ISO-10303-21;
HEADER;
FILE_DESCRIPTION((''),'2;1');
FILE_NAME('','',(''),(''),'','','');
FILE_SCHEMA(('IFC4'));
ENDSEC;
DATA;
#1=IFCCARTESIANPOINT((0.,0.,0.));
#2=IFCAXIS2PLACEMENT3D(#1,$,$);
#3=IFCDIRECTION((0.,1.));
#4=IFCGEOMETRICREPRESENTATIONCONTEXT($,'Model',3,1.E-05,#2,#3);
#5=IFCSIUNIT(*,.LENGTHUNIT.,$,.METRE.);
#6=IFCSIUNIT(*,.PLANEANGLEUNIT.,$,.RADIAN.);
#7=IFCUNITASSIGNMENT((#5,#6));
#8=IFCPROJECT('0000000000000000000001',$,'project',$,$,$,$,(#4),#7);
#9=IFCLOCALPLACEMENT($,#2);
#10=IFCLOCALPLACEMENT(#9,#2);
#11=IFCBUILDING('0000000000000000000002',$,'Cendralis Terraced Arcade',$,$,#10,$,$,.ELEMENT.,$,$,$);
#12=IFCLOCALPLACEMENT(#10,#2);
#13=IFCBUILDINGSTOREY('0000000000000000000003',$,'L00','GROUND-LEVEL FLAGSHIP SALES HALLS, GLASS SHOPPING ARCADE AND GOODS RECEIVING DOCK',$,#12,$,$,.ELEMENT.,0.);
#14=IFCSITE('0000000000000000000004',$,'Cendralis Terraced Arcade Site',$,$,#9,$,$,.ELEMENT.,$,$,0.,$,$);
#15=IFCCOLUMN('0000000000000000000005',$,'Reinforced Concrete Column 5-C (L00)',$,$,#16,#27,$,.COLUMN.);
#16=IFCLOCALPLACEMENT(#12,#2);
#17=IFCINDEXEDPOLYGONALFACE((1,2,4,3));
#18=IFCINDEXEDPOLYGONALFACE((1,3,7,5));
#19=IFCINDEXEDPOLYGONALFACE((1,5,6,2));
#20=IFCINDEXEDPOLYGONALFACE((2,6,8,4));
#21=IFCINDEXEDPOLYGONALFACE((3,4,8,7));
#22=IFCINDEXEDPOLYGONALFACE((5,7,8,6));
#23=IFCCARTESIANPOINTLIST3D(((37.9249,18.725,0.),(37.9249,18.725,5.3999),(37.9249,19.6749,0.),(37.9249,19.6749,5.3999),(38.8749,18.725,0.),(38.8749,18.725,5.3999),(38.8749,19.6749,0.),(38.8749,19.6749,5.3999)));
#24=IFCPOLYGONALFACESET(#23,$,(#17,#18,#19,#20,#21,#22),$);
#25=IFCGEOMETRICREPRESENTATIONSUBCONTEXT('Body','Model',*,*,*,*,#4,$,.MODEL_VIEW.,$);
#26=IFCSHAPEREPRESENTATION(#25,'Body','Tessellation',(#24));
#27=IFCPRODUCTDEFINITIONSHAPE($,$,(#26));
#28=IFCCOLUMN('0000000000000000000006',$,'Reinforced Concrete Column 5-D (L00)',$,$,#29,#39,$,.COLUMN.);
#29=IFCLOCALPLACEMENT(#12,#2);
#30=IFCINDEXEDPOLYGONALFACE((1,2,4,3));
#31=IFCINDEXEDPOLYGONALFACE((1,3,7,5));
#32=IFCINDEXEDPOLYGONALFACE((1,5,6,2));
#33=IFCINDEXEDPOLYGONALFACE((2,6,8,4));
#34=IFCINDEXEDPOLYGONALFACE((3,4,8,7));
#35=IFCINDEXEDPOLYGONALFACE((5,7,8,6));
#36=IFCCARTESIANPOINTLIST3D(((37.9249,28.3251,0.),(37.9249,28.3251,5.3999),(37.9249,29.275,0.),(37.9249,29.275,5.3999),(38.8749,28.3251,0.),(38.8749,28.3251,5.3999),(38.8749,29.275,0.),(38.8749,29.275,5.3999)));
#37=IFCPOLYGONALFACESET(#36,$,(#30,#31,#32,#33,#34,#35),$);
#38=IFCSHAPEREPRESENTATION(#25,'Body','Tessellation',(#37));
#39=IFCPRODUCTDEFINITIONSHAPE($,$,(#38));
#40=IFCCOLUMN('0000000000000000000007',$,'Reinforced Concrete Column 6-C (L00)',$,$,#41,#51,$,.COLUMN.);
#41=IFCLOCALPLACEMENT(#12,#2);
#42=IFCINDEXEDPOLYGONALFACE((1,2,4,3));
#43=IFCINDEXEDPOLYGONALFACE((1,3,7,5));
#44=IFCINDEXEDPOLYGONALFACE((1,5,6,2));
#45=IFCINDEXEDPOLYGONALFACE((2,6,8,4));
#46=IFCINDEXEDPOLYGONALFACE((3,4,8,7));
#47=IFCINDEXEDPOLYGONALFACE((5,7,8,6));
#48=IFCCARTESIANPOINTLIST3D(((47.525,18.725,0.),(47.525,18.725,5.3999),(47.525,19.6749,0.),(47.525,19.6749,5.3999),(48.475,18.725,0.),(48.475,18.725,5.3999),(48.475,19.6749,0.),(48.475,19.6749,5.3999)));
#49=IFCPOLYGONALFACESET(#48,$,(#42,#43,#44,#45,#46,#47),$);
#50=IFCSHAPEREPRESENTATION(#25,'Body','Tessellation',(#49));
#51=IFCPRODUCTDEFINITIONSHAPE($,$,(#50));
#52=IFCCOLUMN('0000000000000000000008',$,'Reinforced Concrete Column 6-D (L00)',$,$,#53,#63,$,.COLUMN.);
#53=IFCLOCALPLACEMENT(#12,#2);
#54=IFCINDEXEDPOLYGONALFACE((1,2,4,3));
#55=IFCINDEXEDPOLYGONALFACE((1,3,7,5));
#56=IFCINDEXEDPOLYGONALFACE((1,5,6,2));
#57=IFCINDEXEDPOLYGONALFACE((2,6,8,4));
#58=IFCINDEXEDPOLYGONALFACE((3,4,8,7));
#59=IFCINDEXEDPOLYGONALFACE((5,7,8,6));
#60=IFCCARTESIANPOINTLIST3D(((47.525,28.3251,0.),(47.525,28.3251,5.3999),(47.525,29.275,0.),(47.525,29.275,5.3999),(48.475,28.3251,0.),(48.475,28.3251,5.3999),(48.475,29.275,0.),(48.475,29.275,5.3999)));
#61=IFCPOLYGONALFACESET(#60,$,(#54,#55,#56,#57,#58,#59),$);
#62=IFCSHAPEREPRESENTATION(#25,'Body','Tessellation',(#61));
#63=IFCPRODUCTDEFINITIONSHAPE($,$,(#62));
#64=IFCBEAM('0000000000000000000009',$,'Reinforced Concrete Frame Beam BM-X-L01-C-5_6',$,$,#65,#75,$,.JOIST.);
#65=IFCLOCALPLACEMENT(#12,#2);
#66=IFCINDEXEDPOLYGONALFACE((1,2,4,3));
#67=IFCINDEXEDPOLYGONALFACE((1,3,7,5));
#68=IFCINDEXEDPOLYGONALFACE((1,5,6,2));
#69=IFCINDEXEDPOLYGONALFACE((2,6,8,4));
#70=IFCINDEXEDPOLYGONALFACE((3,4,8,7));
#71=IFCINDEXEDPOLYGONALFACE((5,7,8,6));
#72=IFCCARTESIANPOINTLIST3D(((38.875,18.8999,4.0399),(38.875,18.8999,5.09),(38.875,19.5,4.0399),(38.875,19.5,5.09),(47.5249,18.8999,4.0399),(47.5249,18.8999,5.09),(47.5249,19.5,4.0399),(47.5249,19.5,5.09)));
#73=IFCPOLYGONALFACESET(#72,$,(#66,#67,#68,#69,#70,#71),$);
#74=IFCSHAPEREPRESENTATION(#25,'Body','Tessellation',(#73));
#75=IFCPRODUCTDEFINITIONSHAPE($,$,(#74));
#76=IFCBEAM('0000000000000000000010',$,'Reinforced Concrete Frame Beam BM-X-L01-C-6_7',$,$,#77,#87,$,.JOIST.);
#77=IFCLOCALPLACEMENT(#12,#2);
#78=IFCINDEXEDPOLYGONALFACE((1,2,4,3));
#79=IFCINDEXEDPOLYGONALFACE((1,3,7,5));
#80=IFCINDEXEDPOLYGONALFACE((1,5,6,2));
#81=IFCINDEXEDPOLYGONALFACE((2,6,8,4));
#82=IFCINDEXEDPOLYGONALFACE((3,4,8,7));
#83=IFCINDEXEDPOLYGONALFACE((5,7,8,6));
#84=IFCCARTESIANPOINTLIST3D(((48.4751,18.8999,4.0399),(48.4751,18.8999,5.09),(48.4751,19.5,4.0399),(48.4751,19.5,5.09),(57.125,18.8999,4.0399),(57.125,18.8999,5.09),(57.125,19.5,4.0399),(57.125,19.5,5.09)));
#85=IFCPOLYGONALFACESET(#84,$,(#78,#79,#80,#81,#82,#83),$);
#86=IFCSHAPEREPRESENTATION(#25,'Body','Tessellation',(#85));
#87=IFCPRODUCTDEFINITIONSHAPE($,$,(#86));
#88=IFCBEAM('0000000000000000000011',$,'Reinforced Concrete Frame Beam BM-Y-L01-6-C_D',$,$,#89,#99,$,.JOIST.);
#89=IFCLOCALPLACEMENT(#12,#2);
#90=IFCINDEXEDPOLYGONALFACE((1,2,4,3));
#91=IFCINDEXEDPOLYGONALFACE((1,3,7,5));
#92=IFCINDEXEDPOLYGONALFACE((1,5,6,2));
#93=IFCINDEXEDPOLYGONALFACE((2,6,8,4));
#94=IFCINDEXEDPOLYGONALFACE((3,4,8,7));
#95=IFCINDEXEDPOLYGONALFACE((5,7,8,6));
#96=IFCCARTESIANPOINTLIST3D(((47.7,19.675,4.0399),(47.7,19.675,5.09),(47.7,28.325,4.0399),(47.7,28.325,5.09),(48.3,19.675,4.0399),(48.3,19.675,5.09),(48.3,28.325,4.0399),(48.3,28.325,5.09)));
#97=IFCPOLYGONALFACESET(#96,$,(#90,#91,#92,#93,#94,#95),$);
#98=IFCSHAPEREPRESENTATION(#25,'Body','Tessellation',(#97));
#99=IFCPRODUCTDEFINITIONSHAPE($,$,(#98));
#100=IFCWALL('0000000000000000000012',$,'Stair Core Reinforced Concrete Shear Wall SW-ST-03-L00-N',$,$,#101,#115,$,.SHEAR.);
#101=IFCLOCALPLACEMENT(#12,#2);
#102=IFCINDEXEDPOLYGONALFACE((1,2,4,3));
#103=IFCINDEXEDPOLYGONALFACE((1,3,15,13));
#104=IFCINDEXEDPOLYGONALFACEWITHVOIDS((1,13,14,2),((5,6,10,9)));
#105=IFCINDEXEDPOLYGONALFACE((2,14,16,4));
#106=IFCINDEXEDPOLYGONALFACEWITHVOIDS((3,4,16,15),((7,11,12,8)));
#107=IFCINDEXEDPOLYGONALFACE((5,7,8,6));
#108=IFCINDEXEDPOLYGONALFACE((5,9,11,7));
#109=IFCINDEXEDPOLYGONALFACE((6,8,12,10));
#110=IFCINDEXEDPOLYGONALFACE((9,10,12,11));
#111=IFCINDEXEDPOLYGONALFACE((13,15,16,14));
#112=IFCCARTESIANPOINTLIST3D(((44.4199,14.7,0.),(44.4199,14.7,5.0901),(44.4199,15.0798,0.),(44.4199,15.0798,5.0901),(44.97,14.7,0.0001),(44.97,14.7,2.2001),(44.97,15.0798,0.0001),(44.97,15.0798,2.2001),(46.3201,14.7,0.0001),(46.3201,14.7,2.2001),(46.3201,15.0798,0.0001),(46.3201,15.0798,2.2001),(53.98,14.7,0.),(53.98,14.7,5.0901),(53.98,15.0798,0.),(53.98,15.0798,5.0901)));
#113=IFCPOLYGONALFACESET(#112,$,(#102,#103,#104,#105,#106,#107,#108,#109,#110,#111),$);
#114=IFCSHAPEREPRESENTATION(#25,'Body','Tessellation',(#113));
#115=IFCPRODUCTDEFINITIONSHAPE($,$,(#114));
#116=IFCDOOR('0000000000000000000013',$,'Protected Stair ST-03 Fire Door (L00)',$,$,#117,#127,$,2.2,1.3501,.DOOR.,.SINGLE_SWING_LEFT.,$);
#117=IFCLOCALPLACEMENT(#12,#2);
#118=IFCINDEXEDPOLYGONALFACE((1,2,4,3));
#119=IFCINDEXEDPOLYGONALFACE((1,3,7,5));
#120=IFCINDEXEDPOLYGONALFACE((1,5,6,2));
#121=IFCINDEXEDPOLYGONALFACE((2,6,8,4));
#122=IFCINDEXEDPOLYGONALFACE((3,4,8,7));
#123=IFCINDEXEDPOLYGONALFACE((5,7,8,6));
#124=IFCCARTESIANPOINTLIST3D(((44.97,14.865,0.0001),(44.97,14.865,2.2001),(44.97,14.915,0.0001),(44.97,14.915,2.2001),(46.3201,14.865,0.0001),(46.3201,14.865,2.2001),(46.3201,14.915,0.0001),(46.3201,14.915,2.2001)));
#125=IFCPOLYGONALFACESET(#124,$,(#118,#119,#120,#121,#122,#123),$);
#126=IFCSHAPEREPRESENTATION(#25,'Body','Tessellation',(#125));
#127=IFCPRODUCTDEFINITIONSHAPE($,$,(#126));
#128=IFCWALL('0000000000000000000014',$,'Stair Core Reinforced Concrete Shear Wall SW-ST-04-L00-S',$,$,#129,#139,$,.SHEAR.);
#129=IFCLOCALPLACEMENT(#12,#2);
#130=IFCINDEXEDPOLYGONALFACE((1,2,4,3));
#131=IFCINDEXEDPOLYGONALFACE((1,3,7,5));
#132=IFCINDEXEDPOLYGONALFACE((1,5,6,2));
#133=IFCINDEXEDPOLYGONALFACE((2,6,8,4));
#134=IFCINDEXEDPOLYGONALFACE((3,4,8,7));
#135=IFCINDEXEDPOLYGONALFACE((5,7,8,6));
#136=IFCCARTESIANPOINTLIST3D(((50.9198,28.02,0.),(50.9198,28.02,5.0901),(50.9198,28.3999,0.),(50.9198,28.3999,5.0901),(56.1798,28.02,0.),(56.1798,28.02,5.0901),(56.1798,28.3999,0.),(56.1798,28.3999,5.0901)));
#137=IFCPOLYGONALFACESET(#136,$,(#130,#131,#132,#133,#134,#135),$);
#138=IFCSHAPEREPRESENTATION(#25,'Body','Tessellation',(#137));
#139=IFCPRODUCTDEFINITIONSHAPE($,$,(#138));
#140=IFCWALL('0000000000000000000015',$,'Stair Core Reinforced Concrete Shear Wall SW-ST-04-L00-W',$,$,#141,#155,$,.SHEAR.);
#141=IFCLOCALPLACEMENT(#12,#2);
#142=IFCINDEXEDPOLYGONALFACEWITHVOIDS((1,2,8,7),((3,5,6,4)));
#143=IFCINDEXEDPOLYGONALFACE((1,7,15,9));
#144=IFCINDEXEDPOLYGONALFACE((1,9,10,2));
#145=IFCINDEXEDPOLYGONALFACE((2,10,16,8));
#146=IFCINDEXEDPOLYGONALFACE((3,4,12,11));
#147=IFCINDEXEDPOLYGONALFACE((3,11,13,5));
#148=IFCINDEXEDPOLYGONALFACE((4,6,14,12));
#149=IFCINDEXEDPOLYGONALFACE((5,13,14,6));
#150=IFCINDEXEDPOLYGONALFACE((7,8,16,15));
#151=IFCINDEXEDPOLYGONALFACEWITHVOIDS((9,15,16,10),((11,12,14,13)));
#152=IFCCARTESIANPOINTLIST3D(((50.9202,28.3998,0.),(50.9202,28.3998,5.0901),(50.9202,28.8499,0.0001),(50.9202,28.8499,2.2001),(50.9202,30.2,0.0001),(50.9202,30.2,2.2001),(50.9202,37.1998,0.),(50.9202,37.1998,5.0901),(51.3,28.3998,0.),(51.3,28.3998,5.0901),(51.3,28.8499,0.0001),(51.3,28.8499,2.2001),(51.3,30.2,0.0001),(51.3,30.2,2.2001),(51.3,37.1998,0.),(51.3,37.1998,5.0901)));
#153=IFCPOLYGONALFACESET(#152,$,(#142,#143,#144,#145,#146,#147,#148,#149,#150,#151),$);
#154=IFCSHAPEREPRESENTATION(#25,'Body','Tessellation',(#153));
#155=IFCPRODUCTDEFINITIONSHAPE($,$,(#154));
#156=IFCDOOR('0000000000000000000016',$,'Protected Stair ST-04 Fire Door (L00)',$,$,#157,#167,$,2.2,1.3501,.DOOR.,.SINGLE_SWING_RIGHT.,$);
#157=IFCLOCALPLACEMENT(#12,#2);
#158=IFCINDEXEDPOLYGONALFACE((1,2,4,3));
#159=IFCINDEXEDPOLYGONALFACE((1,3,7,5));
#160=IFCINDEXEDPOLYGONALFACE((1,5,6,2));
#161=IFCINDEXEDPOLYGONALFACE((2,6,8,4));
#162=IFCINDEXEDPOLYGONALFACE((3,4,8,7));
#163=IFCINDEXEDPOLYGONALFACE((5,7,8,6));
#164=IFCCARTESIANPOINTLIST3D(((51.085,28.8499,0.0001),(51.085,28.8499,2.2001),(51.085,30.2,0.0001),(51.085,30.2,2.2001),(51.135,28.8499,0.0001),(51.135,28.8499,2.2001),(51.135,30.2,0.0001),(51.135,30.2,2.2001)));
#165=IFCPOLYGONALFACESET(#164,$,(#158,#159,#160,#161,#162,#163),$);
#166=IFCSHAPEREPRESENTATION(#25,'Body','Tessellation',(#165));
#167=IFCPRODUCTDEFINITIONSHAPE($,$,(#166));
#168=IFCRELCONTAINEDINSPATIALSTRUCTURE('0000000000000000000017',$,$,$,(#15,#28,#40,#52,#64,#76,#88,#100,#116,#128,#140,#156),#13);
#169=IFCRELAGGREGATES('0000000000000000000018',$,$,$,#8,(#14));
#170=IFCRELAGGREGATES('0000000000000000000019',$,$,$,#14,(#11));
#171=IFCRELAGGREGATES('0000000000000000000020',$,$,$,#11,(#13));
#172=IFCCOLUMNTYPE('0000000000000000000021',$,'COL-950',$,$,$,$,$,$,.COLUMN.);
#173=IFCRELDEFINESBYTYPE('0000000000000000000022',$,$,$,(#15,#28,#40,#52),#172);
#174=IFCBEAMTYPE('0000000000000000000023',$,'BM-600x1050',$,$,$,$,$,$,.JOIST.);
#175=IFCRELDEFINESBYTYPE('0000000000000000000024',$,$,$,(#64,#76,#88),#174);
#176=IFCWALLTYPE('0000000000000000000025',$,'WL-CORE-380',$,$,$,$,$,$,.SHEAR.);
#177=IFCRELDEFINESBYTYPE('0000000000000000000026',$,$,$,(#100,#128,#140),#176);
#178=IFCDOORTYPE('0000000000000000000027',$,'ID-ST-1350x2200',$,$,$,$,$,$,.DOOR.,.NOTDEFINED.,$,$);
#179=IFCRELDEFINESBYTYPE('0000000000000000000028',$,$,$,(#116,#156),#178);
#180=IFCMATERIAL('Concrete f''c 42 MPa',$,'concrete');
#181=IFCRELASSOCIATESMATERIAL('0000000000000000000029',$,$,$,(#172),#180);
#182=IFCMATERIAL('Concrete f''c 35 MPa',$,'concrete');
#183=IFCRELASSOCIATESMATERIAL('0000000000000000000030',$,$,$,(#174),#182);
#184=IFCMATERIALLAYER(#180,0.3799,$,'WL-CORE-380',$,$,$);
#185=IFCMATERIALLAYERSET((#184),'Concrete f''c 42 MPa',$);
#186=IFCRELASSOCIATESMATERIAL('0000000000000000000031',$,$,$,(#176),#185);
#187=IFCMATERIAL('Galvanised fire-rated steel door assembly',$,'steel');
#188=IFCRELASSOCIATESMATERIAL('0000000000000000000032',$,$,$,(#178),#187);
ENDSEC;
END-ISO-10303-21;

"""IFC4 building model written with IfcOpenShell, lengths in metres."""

from ifc_helpers import new_model, si_unit, direction, frame, frame_2d, origin, origin_2d, place, context, subcontext, project, spatial, rectangle, extrude, material, layer, layer_set, material_profile, profile_set, type_object, element, fill, save


model = new_model("IFC4")

# Units and contexts
model_context = context("Model", 3, precision=1e-05, world=origin(), true_north=direction((0.0, 1.0)))
body_context = subcontext(model_context, "Body", "Model", "MODEL_VIEW")
ifc_project = project(units=[si_unit("LENGTHUNIT", "METRE"), si_unit("PLANEANGLEUNIT", "RADIAN")], contexts=[model_context])

# Site, building, storey
site_placement = place(None, origin())
site = spatial("IfcSite", under=ifc_project, at=site_placement, Name="Cendralis Terraced Arcade Site", CompositionType="ELEMENT", RefElevation=0.0)
building_placement = place(site_placement, origin())
building = spatial("IfcBuilding", under=site, at=building_placement, Name="Cendralis Terraced Arcade", CompositionType="ELEMENT")
storey_placement = place(building_placement, origin())
storey = spatial("IfcBuildingStorey", under=building, at=storey_placement, Name="L00", Description="GROUND-LEVEL FLAGSHIP SALES HALLS, GLASS SHOPPING ARCADE AND GOODS RECEIVING DOCK", CompositionType="ELEMENT", Elevation=0.0)

# Columns
ifc_material_1 = material(Name="Concrete f'c 42 MPa", Category="concrete")
ifc_material_profile_1 = material_profile(ifc_material_1, rectangle(XDim=0.95, YDim=0.95, at=origin_2d()), Name="RC-COL-950x950", Category="LoadBearing")
ifc_profile_set_1 = profile_set([ifc_material_profile_1], Name="Concrete f'c 42 MPa")
column_type = type_object("IfcColumnType", Name="COL-950", PredefinedType="COLUMN", material=ifc_profile_set_1)
for number, where, z_axis, x_axis, name in (
    (1, (38.3999, 19.2, 0.0), (0.0, 0.0, 1.0), (1.0, 0.0, 0.0), "Reinforced Concrete Column 5-C (L00)"),
    (2, (38.3999, 28.8, 0.0), (0.0, 0.0, 1.0), (1.0, 0.0, 0.0), "Reinforced Concrete Column 5-D (L00)"),
    (3, (48.0, 19.2, 0.0), (0.0, 0.0, 1.0), (1.0, 0.0, 0.0), "Reinforced Concrete Column 6-C (L00)"),
    (4, (48.0, 28.8, 0.0), (0.0, 0.0, 1.0), (1.0, 0.0, 0.0), "Reinforced Concrete Column 6-D (L00)"),
):
    element("IfcColumn", number, at=place(storey_placement, frame(where, z_axis=z_axis, x_axis=x_axis)), inside=storey, type_object=column_type, Name=name, PredefinedType="COLUMN", context=body_context, shape_type="SweptSolid", body=[
        extrude(rectangle(XDim=0.95, YDim=0.95, at=origin_2d()), origin(), (0.0, 0.0, 1.0), 5.3999),
    ])

# Beams
ifc_material_2 = material(Name="Concrete f'c 35 MPa", Category="concrete")
ifc_material_profile_2 = material_profile(ifc_material_2, rectangle(XDim=0.6001, YDim=1.05, at=origin_2d()), Name="RC-BM-600x1050", Category="LoadBearing")
ifc_profile_set_2 = profile_set([ifc_material_profile_2], Name="Concrete f'c 35 MPa")
beam_type = type_object("IfcBeamType", Name="BM-600x1050", PredefinedType="JOIST", material=ifc_profile_set_2)
for number, where, z_axis, x_axis, name in (
    (5, (38.875, 19.2, 4.5649), (1.0, 0.0, 0.0), (0.0, 1.0, 0.0), "Reinforced Concrete Frame Beam BM-X-L01-C-5_6"),
    (6, (48.4751, 19.2, 4.5649), (1.0, 0.0, 0.0), (0.0, 1.0, 0.0), "Reinforced Concrete Frame Beam BM-X-L01-C-6_7"),
    (7, (48.0, 19.675, 4.5649), (0.0, 1.0, 0.0), (-1.0, 0.0, 0.0), "Reinforced Concrete Frame Beam BM-Y-L01-6-C_D"),
):
    element("IfcBeam", number, at=place(storey_placement, frame(where, z_axis=z_axis, x_axis=x_axis)), inside=storey, type_object=beam_type, Name=name, PredefinedType="JOIST", context=body_context, shape_type="SweptSolid", body=[
        extrude(rectangle(XDim=0.6001, YDim=1.05, at=origin_2d()), origin(), (0.0, 0.0, 1.0), 8.6499),
    ])

# Wall, opening, door
ifc_layer_1 = layer(ifc_material_1, 0.3799, Name="WL-CORE-380")
ifc_layer_set_1 = layer_set([ifc_layer_1], Name="Concrete f'c 42 MPa")
wall_type_1 = type_object("IfcWallType", Name="WL-CORE-380", PredefinedType="SHEAR", material=ifc_layer_set_1)
wall_1_placement = place(storey_placement, frame((44.4199, 14.8899, 0.0), z_axis=(0.0, 0.0, 1.0), x_axis=(1.0, 0.0, 0.0)))
wall_1 = element("IfcWall", 8, at=wall_1_placement, inside=storey, type_object=wall_type_1, Name="Stair Core Reinforced Concrete Shear Wall SW-ST-03-L00-N", PredefinedType="SHEAR", context=body_context, shape_type="SweptSolid", body=[
    extrude(rectangle(XDim=9.5601, YDim=0.3799, at=frame_2d((4.78, 0.0))), origin(), (0.0, 0.0, 1.0), 5.0901),
])
opening_1_placement = place(wall_1_placement, frame((0.55, 0.0, 0.0)))
opening_1 = element("IfcOpeningElement", 9, at=opening_1_placement, cuts=wall_1, PredefinedType="OPENING", context=body_context, shape_type="SweptSolid", body=[
    extrude(rectangle(XDim=1.3501, YDim=2.2, at=frame_2d((0.675, 1.1001))), frame((0.0, 0.2019, 0.0), z_axis=(0.0, -1.0, 0.0), x_axis=(1.0, 0.0, 0.0)), (0.0, 0.0, 1.0), 0.4038),
])
ifc_material_3 = material(Name="Galvanised fire-rated steel door assembly", Category="steel")
door_type_1 = type_object("IfcDoorType", Name="ID-ST-1350x2200", OperationType="NOTDEFINED", PredefinedType="DOOR", material=ifc_material_3)
door_1_placement = place(opening_1_placement, frame((1.3501, 0.0, 0.0), z_axis=(0.0, 0.0, 1.0), x_axis=(-1.0, 0.0, 0.0)))
door_1 = element("IfcDoor", 10, at=door_1_placement, inside=storey, type_object=door_type_1, Name="Protected Stair ST-03 Fire Door (L00)", OperationType="SINGLE_SWING_LEFT", OverallHeight=2.2, OverallWidth=1.3501, PredefinedType="DOOR", context=body_context, shape_type="SweptSolid", body=[
    extrude(rectangle(XDim=1.3501, YDim=2.2, at=frame_2d((0.675, 1.1001))), frame((0.0, 0.0249, 0.0), z_axis=(0.0, -1.0, 0.0), x_axis=(1.0, 0.0, 0.0)), (0.0, 0.0, 1.0), 0.05),
])
fill(opening_1, door_1)

# Wall
wall_2_placement = place(storey_placement, frame((50.9199, 28.21, 0.0), z_axis=(0.0, 0.0, 1.0), x_axis=(1.0, 0.0, 0.0)))
element("IfcWall", 11, at=wall_2_placement, inside=storey, type_object=wall_type_1, Name="Stair Core Reinforced Concrete Shear Wall SW-ST-04-L00-S", PredefinedType="SHEAR", context=body_context, shape_type="SweptSolid", body=[
    extrude(rectangle(XDim=5.26, YDim=0.3799, at=frame_2d((2.6299, 0.0))), origin(), (0.0, 0.0, 1.0), 5.0901),
])

# Wall, opening, door
wall_3_placement = place(storey_placement, frame((51.1101, 28.3999, 0.0), z_axis=(0.0, 0.0, 1.0), x_axis=(0.0, 1.0, 0.0)))
wall_3 = element("IfcWall", 12, at=wall_3_placement, inside=storey, type_object=wall_type_1, Name="Stair Core Reinforced Concrete Shear Wall SW-ST-04-L00-W", PredefinedType="SHEAR", context=body_context, shape_type="SweptSolid", body=[
    extrude(rectangle(XDim=8.8, YDim=0.3799, at=frame_2d((4.3999, 0.0))), origin(), (0.0, 0.0, 1.0), 5.0901),
])
opening_2_placement = place(wall_3_placement, frame((0.45, 0.0, 0.0)))
opening_2 = element("IfcOpeningElement", 13, at=opening_2_placement, cuts=wall_3, PredefinedType="OPENING", context=body_context, shape_type="SweptSolid", body=[
    extrude(rectangle(XDim=1.3501, YDim=2.2, at=frame_2d((0.675, 1.1001))), frame((0.0, 0.2019, 0.0), z_axis=(0.0, -1.0, 0.0), x_axis=(1.0, 0.0, 0.0)), (0.0, 0.0, 1.0), 0.4038),
])
door_2_placement = place(opening_2_placement, frame((1.3501, 0.0, 0.0), z_axis=(0.0, 0.0, 1.0), x_axis=(-1.0, 0.0, 0.0)))
door_2 = element("IfcDoor", 14, at=door_2_placement, inside=storey, type_object=door_type_1, Name="Protected Stair ST-04 Fire Door (L00)", OperationType="SINGLE_SWING_RIGHT", OverallHeight=2.2, OverallWidth=1.3501, PredefinedType="DOOR", context=body_context, shape_type="SweptSolid", body=[
    extrude(rectangle(XDim=1.3501, YDim=2.2, at=frame_2d((0.675, 1.1001))), frame((0.0, 0.0249, 0.0), z_axis=(0.0, -1.0, 0.0), x_axis=(1.0, 0.0, 0.0)), (0.0, 0.0, 1.0), 0.05),
])
fill(opening_2, door_2)

save(model, "model.ifc")
